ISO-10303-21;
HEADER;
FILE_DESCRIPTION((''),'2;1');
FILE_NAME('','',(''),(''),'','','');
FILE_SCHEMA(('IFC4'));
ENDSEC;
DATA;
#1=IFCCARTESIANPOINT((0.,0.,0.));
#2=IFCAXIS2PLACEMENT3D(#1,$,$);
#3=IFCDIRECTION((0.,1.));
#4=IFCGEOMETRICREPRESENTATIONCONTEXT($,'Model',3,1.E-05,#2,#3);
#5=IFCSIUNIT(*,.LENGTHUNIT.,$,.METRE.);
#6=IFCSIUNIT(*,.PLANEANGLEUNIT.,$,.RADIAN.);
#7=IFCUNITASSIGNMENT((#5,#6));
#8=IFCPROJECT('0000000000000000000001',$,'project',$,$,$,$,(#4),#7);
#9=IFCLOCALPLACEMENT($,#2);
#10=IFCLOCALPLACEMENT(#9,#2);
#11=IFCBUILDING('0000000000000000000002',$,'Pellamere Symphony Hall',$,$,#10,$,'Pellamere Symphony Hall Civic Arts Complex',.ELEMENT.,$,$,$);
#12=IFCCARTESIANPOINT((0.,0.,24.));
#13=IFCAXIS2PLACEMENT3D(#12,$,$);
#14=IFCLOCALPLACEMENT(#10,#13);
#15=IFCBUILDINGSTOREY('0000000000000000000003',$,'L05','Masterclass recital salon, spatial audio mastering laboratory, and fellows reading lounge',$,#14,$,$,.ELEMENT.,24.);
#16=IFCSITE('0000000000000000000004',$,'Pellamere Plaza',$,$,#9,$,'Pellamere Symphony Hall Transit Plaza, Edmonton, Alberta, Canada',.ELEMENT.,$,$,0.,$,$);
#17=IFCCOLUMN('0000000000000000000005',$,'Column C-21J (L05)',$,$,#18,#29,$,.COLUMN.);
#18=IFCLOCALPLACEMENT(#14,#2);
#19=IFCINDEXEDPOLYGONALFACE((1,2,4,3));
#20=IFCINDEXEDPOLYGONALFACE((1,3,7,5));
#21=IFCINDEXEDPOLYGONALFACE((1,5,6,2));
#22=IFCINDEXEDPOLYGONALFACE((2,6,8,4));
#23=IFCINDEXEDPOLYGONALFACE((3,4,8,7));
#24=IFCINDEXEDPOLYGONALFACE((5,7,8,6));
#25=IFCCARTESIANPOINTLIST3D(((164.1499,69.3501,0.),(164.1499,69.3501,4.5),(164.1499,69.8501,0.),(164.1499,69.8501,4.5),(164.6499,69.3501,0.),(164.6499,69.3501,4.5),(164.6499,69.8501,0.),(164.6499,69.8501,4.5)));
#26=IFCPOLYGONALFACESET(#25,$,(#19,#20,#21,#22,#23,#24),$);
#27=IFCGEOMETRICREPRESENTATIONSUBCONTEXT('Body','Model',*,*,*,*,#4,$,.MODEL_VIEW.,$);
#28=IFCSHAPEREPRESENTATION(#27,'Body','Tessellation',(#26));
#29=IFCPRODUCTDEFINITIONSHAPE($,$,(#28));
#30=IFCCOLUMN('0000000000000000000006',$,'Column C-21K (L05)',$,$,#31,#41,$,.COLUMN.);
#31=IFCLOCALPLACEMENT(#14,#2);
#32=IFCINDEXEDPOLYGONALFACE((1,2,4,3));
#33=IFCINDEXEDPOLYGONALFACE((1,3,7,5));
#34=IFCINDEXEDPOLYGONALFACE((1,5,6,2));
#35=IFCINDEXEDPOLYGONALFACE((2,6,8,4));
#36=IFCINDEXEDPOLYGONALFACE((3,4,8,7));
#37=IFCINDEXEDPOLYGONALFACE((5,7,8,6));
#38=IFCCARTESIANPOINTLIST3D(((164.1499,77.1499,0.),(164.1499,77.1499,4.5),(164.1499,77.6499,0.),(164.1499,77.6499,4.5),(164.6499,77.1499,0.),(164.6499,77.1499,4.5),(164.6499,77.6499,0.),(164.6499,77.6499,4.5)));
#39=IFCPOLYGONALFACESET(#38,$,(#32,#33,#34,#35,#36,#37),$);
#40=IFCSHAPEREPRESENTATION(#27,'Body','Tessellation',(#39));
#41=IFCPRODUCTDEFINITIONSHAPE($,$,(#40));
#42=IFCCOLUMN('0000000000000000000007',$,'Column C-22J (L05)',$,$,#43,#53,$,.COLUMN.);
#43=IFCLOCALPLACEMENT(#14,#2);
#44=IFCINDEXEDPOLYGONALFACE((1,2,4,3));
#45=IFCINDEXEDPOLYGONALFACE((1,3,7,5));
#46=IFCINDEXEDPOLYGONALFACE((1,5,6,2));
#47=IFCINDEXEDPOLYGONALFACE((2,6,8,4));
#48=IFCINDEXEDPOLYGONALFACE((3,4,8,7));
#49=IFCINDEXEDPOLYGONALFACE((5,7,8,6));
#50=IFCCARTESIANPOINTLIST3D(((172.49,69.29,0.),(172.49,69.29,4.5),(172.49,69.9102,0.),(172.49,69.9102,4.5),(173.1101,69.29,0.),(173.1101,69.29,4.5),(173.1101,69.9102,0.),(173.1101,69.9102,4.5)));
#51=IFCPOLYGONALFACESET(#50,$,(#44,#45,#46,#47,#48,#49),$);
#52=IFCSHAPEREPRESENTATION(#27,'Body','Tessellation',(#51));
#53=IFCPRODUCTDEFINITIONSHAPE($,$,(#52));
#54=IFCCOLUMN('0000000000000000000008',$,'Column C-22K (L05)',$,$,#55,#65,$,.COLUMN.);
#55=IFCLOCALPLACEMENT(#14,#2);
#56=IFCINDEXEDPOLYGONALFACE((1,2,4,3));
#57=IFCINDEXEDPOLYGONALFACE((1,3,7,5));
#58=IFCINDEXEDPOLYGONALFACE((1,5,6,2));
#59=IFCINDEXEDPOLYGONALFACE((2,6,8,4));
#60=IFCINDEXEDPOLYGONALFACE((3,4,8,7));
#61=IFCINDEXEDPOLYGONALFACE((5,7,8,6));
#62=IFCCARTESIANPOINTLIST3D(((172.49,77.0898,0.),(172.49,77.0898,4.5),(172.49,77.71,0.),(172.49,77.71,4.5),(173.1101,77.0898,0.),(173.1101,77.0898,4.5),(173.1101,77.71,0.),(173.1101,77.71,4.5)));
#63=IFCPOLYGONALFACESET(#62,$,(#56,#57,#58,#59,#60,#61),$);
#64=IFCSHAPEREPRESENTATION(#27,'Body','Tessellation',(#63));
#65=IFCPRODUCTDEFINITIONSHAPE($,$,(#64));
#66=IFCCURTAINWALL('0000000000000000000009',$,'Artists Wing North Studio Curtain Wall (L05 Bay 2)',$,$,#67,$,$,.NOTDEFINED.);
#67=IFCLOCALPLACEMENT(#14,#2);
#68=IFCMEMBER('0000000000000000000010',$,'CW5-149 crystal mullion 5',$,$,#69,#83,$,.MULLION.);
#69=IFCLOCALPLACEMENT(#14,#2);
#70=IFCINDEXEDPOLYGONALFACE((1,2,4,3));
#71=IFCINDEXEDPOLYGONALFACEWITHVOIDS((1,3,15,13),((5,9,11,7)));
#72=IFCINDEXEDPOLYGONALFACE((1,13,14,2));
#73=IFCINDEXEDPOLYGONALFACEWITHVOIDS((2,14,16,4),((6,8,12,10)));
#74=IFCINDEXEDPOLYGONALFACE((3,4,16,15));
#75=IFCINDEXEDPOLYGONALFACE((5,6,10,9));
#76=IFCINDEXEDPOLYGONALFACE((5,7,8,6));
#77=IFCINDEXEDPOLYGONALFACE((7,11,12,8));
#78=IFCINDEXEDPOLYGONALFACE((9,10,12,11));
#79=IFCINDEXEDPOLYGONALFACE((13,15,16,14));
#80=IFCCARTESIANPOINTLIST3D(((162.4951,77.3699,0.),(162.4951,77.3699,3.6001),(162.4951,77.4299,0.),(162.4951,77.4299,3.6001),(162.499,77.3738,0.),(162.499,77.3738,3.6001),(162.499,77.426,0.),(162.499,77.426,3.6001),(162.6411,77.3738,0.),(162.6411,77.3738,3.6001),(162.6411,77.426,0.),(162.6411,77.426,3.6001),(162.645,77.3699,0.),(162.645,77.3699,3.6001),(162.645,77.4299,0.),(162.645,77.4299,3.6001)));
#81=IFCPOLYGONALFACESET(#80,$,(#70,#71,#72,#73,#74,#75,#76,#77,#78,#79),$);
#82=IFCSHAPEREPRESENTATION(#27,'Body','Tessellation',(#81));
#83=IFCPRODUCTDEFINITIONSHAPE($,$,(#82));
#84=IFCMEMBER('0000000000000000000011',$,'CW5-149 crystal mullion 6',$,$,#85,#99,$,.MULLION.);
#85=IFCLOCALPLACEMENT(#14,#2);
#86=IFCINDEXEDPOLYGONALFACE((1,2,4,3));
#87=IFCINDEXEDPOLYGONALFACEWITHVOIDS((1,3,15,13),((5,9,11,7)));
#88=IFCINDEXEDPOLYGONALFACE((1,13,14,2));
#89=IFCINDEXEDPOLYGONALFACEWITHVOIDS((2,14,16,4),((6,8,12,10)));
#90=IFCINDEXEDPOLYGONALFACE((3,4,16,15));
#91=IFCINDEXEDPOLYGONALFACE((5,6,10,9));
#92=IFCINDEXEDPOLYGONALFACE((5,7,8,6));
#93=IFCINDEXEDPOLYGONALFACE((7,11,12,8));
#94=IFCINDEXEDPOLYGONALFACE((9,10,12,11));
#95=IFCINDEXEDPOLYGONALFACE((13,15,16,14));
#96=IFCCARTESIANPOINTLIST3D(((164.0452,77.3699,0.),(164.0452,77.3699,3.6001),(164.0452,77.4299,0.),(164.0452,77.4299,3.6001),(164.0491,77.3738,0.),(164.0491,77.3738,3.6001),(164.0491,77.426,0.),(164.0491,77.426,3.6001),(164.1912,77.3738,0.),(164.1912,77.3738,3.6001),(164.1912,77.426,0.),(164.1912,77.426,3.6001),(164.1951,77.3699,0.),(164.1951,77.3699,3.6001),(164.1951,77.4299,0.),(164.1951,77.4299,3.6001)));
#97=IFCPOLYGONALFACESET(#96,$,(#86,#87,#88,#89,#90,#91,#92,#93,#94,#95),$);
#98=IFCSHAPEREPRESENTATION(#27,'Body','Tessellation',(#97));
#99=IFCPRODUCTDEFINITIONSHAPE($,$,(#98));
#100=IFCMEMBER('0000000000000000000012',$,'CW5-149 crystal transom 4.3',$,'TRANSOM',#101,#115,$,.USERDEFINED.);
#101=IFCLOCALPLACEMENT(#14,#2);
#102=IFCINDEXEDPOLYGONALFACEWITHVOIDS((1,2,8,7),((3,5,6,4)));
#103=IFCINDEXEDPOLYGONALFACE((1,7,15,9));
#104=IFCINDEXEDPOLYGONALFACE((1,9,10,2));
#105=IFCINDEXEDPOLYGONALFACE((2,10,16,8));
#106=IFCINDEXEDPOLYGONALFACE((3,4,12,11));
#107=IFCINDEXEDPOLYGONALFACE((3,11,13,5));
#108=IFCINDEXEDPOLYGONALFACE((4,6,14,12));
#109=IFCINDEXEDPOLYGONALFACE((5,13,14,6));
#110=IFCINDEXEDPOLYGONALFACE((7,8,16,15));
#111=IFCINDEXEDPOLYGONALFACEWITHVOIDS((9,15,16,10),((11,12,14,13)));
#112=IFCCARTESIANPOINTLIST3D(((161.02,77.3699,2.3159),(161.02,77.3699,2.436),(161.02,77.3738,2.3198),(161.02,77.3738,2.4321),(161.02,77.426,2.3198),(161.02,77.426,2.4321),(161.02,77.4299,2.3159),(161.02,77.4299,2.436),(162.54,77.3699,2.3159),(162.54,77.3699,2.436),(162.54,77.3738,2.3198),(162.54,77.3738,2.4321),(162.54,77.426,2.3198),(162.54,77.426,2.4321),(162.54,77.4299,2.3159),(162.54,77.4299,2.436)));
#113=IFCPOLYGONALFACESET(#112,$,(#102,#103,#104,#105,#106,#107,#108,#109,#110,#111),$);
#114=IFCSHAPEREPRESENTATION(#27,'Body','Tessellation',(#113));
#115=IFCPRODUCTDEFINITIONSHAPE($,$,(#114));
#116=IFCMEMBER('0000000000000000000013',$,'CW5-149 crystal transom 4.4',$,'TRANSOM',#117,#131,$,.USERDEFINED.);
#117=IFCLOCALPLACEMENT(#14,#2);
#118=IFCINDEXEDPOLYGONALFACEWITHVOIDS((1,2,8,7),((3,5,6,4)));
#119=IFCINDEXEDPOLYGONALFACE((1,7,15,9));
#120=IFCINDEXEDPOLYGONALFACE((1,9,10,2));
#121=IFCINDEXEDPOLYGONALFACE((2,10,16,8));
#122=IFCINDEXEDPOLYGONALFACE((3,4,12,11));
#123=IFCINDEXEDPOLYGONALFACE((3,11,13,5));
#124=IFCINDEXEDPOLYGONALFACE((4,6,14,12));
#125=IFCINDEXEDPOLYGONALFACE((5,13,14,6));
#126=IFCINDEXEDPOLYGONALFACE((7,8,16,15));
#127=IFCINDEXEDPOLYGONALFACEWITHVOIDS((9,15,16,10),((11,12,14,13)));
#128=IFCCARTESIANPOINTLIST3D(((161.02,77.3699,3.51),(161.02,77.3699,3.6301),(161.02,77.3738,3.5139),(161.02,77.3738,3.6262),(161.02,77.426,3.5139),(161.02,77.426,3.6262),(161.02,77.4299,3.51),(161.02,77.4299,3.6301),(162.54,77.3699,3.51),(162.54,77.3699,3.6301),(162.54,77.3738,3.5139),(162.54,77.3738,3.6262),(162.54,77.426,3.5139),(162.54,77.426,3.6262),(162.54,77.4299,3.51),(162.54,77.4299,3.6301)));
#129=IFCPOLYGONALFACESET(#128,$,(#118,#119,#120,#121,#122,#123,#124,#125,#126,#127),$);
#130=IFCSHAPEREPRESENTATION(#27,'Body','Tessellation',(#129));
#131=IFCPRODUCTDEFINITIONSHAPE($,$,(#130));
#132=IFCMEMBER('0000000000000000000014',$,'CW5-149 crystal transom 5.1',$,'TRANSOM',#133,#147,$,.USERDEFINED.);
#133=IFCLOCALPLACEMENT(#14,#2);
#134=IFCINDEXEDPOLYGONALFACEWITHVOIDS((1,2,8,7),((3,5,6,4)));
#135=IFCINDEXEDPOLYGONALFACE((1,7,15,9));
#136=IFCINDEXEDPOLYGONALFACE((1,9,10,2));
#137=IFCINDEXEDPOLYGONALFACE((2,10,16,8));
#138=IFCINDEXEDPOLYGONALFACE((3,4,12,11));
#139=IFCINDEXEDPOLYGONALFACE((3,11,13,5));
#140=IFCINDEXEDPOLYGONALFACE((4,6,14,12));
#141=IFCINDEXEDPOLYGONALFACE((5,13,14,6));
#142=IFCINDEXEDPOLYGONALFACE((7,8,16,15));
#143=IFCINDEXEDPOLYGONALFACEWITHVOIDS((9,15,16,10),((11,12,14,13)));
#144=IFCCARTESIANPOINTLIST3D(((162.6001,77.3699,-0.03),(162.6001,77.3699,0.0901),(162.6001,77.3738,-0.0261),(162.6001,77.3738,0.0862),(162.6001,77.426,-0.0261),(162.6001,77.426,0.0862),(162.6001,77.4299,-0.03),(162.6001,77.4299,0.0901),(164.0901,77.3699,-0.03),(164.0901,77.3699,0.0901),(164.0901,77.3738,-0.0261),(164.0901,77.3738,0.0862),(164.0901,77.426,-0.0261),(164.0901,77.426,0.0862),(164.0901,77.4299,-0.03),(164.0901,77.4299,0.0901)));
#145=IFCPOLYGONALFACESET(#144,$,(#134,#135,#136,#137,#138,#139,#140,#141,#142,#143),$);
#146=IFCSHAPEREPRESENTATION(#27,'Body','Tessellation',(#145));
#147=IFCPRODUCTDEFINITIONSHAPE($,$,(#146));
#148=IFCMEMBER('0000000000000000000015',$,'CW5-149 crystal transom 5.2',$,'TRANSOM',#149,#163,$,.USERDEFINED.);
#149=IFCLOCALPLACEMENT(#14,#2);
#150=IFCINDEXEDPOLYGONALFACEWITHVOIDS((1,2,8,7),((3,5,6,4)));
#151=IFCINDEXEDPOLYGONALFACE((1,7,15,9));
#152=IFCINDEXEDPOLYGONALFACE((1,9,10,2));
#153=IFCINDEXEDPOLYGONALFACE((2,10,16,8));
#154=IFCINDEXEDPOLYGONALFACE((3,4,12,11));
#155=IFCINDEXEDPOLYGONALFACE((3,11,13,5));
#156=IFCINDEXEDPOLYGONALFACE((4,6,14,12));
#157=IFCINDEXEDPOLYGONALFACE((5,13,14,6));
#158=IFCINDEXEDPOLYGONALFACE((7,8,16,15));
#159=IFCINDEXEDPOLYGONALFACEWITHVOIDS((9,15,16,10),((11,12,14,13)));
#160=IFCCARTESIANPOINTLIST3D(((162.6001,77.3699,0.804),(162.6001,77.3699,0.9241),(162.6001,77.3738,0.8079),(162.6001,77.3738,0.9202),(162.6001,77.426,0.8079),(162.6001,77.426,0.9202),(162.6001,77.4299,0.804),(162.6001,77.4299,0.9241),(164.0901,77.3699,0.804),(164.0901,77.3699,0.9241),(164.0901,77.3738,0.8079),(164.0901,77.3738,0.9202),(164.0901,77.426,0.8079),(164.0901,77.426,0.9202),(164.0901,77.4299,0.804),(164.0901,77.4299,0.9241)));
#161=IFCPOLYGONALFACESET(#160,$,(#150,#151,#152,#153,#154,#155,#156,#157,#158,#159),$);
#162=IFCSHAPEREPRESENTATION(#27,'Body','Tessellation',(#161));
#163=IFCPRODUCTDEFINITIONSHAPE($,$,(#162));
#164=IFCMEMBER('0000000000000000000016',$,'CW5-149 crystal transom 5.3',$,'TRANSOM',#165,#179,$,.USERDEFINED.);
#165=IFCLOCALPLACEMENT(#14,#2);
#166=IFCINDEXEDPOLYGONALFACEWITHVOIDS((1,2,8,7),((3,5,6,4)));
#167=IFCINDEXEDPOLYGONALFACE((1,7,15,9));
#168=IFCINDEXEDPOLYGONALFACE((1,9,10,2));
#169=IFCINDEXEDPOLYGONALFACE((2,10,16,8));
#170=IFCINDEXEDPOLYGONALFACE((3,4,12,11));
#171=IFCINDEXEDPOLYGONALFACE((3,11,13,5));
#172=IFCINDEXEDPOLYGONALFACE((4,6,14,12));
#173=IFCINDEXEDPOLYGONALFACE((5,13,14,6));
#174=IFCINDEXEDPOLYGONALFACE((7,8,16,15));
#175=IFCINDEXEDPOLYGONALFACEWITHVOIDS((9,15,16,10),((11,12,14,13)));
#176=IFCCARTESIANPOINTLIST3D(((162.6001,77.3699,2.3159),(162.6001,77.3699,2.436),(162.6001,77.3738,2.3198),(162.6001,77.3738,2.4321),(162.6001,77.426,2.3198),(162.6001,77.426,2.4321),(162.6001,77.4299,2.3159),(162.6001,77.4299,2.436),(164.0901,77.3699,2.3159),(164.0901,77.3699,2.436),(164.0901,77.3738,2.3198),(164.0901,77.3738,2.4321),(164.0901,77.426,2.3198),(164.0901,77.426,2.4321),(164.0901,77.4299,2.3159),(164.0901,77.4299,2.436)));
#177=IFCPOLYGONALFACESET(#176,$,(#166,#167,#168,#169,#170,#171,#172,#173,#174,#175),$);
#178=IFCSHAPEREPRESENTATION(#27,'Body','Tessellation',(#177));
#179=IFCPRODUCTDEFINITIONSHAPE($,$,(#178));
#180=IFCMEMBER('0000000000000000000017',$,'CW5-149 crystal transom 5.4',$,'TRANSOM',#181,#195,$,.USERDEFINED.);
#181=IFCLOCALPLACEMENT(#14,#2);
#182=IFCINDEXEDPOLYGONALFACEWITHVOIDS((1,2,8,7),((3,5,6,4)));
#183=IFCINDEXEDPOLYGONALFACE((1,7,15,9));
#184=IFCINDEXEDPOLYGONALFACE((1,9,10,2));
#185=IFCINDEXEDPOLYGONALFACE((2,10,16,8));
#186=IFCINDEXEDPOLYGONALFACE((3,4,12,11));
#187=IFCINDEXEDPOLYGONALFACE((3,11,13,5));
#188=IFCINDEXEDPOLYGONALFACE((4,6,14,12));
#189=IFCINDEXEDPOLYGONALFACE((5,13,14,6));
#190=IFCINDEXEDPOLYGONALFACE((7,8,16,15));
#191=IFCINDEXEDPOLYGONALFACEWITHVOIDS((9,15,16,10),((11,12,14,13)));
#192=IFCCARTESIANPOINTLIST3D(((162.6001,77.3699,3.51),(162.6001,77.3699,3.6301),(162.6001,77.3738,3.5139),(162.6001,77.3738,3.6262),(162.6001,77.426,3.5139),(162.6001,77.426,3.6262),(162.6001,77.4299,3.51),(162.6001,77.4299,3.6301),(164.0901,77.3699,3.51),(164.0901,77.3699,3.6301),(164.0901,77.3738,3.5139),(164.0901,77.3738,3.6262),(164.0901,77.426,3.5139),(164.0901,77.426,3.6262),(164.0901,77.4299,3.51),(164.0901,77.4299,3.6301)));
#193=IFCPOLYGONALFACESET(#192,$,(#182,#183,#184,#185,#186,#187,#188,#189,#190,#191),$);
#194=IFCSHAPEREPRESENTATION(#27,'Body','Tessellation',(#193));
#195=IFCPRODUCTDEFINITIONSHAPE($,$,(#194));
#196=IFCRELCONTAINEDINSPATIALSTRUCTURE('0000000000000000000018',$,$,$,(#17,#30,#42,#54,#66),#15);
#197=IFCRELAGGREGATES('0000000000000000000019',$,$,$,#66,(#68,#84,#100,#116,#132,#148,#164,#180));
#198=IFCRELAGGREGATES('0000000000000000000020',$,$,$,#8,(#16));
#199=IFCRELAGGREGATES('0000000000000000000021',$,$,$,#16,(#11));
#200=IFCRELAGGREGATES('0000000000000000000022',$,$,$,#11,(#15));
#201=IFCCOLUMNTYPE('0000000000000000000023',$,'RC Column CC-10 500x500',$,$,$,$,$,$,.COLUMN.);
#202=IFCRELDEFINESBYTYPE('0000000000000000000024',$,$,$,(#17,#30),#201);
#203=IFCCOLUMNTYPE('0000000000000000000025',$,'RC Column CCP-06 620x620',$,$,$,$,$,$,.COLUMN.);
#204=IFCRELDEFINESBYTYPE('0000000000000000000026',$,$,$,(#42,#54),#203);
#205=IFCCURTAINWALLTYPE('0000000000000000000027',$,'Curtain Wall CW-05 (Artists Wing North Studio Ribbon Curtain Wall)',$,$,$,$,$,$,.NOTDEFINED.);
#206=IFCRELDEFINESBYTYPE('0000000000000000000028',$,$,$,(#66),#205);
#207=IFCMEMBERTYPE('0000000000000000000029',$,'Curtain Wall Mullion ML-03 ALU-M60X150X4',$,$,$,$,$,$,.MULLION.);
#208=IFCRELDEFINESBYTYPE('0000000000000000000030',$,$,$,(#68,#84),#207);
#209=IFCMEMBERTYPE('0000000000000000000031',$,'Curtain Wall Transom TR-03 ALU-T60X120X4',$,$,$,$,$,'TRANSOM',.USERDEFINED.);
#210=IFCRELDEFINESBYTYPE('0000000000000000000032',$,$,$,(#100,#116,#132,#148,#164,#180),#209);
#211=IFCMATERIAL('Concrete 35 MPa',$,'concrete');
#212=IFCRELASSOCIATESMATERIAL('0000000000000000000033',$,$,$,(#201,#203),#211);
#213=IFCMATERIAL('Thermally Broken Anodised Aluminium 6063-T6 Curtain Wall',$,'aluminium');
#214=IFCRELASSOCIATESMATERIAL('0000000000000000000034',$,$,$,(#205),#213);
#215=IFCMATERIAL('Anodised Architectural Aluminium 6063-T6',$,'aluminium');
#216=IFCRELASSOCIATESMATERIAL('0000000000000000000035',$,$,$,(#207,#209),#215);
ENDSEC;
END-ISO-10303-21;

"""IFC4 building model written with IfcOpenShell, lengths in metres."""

from ifc_helpers import new_model, si_unit, direction, frame, origin, origin_2d, place, context, subcontext, project, spatial, rectangle, hollow_rectangle, extrude, material, material_profile, profile_set, type_object, element, aggregate, save


model = new_model("IFC4")

# Units and contexts
model_context = context("Model", 3, precision=1e-05, world=origin(), true_north=direction((0.0, 1.0)))
body_context = subcontext(model_context, "Body", "Model", "MODEL_VIEW")
ifc_project = project(units=[si_unit("LENGTHUNIT", "METRE"), si_unit("PLANEANGLEUNIT", "RADIAN")], contexts=[model_context])

# Site, building, storey
site_placement = place(None, origin())
site = spatial("IfcSite", under=ifc_project, at=site_placement, Name="Pellamere Plaza", LongName="Pellamere Symphony Hall Transit Plaza, Edmonton, Alberta, Canada", CompositionType="ELEMENT", RefElevation=0.0)
building_placement = place(site_placement, origin())
building = spatial("IfcBuilding", under=site, at=building_placement, Name="Pellamere Symphony Hall", LongName="Pellamere Symphony Hall Civic Arts Complex", CompositionType="ELEMENT")
storey_placement = place(building_placement, frame((0.0, 0.0, 24.0)))
storey = spatial("IfcBuildingStorey", under=building, at=storey_placement, Name="L05", Description="Masterclass recital salon, spatial audio mastering laboratory, and fellows reading lounge", CompositionType="ELEMENT", Elevation=24.0)

# Columns
ifc_material_1 = material(Name="Concrete 35 MPa", Category="concrete")
ifc_material_profile_1 = material_profile(ifc_material_1, rectangle(XDim=0.5, YDim=0.5, at=origin_2d()), Name="RC 500x500")
ifc_profile_set_1 = profile_set([ifc_material_profile_1], Name="Concrete 35 MPa")
column_type_1 = type_object("IfcColumnType", Name="RC Column CC-10 500x500", PredefinedType="COLUMN", material=ifc_profile_set_1)
for number, where, z_axis, x_axis, name in (
    (1, (164.3999, 69.6001, 0.0), (0.0, 0.0, 1.0), (1.0, 0.0, 0.0), "Column C-21J (L05)"),
    (2, (164.3999, 77.3999, 0.0), (0.0, 0.0, 1.0), (1.0, 0.0, 0.0), "Column C-21K (L05)"),
):
    element("IfcColumn", number, at=place(storey_placement, frame(where, z_axis=z_axis, x_axis=x_axis)), inside=storey, type_object=column_type_1, Name=name, PredefinedType="COLUMN", context=body_context, shape_type="SweptSolid", body=[
        extrude(rectangle(XDim=0.5, YDim=0.5, at=origin_2d()), origin(), (0.0, 0.0, 1.0), 4.5),
    ])
ifc_material_profile_2 = material_profile(ifc_material_1, rectangle(XDim=0.6201, YDim=0.6201, at=origin_2d()), Name="RC 620x620")
ifc_profile_set_2 = profile_set([ifc_material_profile_2], Name="Concrete 35 MPa")
column_type_2 = type_object("IfcColumnType", Name="RC Column CCP-06 620x620", PredefinedType="COLUMN", material=ifc_profile_set_2)
for number, where, z_axis, x_axis, name in (
    (3, (172.8, 69.6001, 0.0), (0.0, 0.0, 1.0), (1.0, 0.0, 0.0), "Column C-22J (L05)"),
    (4, (172.8, 77.3999, 0.0), (0.0, 0.0, 1.0), (1.0, 0.0, 0.0), "Column C-22K (L05)"),
):
    element("IfcColumn", number, at=place(storey_placement, frame(where, z_axis=z_axis, x_axis=x_axis)), inside=storey, type_object=column_type_2, Name=name, PredefinedType="COLUMN", context=body_context, shape_type="SweptSolid", body=[
        extrude(rectangle(XDim=0.6201, YDim=0.6201, at=origin_2d()), origin(), (0.0, 0.0, 1.0), 4.5),
    ])

# Curtain wall, members
ifc_material_2 = material(Name="Thermally Broken Anodised Aluminium 6063-T6 Curtain Wall", Category="aluminium")
curtain_wall_type = type_object("IfcCurtainWallType", Name="Curtain Wall CW-05 (Artists Wing North Studio Ribbon Curtain Wall)", PredefinedType="NOTDEFINED", material=ifc_material_2)
curtain_wall_placement = place(storey_placement, origin())
curtain_wall = element("IfcCurtainWall", 5, at=curtain_wall_placement, inside=storey, type_object=curtain_wall_type, Name="Artists Wing North Studio Curtain Wall (L05 Bay 2)", PredefinedType="NOTDEFINED")
ifc_material_3 = material(Name="Anodised Architectural Aluminium 6063-T6", Category="aluminium")
ifc_material_profile_3 = material_profile(ifc_material_3, hollow_rectangle(XDim=0.0601, YDim=0.1499, WallThickness=0.0039, at=origin_2d()), Name="ALU-M60X150X4")
ifc_profile_set_3 = profile_set([ifc_material_profile_3], Name="Anodised Architectural Aluminium 6063-T6")
member_type_1 = type_object("IfcMemberType", Name="Curtain Wall Mullion ML-03 ALU-M60X150X4", PredefinedType="MULLION", material=ifc_profile_set_3)
member_1_placement = place(storey_placement, frame((162.5701, 77.3999, 0.0), z_axis=(0.0, 0.0, 1.0), x_axis=(0.0, 1.0, 0.0)))
member_1 = element("IfcMember", 6, at=member_1_placement, type_object=member_type_1, Name="CW5-149 crystal mullion 5", PredefinedType="MULLION", context=body_context, shape_type="SweptSolid", body=[
    extrude(hollow_rectangle(XDim=0.0601, YDim=0.1499, WallThickness=0.0039, at=origin_2d()), origin(), (0.0, 0.0, 1.0), 3.6001),
])
member_2_placement = place(storey_placement, frame((164.1201, 77.3999, 0.0), z_axis=(0.0, 0.0, 1.0), x_axis=(0.0, 1.0, 0.0)))
member_2 = element("IfcMember", 7, at=member_2_placement, type_object=member_type_1, Name="CW5-149 crystal mullion 6", PredefinedType="MULLION", context=body_context, shape_type="SweptSolid", body=[
    extrude(hollow_rectangle(XDim=0.0601, YDim=0.1499, WallThickness=0.0039, at=origin_2d()), origin(), (0.0, 0.0, 1.0), 3.6001),
])
ifc_material_profile_4 = material_profile(ifc_material_3, hollow_rectangle(XDim=0.0601, YDim=0.1201, WallThickness=0.0039, at=origin_2d()), Name="ALU-T60X120X4")
ifc_profile_set_4 = profile_set([ifc_material_profile_4], Name="Anodised Architectural Aluminium 6063-T6")
member_type_2 = type_object("IfcMemberType", Name="Curtain Wall Transom TR-03 ALU-T60X120X4", ElementType="TRANSOM", PredefinedType="USERDEFINED", material=ifc_profile_set_4)
member_3_placement = place(storey_placement, frame((161.02, 77.3999, 2.376), z_axis=(1.0, 0.0, 0.0), x_axis=(0.0, 1.0, 0.0)))
member_3 = element("IfcMember", 8, at=member_3_placement, type_object=member_type_2, Name="CW5-149 crystal transom 4.3", ObjectType="TRANSOM", PredefinedType="USERDEFINED", context=body_context, shape_type="SweptSolid", body=[
    extrude(hollow_rectangle(XDim=0.0601, YDim=0.1201, WallThickness=0.0039, at=origin_2d()), origin(), (0.0, 0.0, 1.0), 1.52),
])
member_4_placement = place(storey_placement, frame((161.02, 77.3999, 3.5701), z_axis=(1.0, 0.0, 0.0), x_axis=(0.0, 1.0, 0.0)))
member_4 = element("IfcMember", 9, at=member_4_placement, type_object=member_type_2, Name="CW5-149 crystal transom 4.4", ObjectType="TRANSOM", PredefinedType="USERDEFINED", context=body_context, shape_type="SweptSolid", body=[
    extrude(hollow_rectangle(XDim=0.0601, YDim=0.1201, WallThickness=0.0039, at=origin_2d()), origin(), (0.0, 0.0, 1.0), 1.52),
])
member_5_placement = place(storey_placement, frame((162.6001, 77.3999, 0.03), z_axis=(1.0, 0.0, 0.0), x_axis=(0.0, 1.0, 0.0)))
member_5 = element("IfcMember", 10, at=member_5_placement, type_object=member_type_2, Name="CW5-149 crystal transom 5.1", ObjectType="TRANSOM", PredefinedType="USERDEFINED", context=body_context, shape_type="SweptSolid", body=[
    extrude(hollow_rectangle(XDim=0.0601, YDim=0.1201, WallThickness=0.0039, at=origin_2d()), origin(), (0.0, 0.0, 1.0), 1.49),
])
member_6_placement = place(storey_placement, frame((162.6001, 77.3999, 0.864), z_axis=(1.0, 0.0, 0.0), x_axis=(0.0, 1.0, 0.0)))
member_6 = element("IfcMember", 11, at=member_6_placement, type_object=member_type_2, Name="CW5-149 crystal transom 5.2", ObjectType="TRANSOM", PredefinedType="USERDEFINED", context=body_context, shape_type="SweptSolid", body=[
    extrude(hollow_rectangle(XDim=0.0601, YDim=0.1201, WallThickness=0.0039, at=origin_2d()), origin(), (0.0, 0.0, 1.0), 1.49),
])
member_7_placement = place(storey_placement, frame((162.6001, 77.3999, 2.376), z_axis=(1.0, 0.0, 0.0), x_axis=(0.0, 1.0, 0.0)))
member_7 = element("IfcMember", 12, at=member_7_placement, type_object=member_type_2, Name="CW5-149 crystal transom 5.3", ObjectType="TRANSOM", PredefinedType="USERDEFINED", context=body_context, shape_type="SweptSolid", body=[
    extrude(hollow_rectangle(XDim=0.0601, YDim=0.1201, WallThickness=0.0039, at=origin_2d()), origin(), (0.0, 0.0, 1.0), 1.49),
])
member_8_placement = place(storey_placement, frame((162.6001, 77.3999, 3.5701), z_axis=(1.0, 0.0, 0.0), x_axis=(0.0, 1.0, 0.0)))
member_8 = element("IfcMember", 13, at=member_8_placement, type_object=member_type_2, Name="CW5-149 crystal transom 5.4", ObjectType="TRANSOM", PredefinedType="USERDEFINED", context=body_context, shape_type="SweptSolid", body=[
    extrude(hollow_rectangle(XDim=0.0601, YDim=0.1201, WallThickness=0.0039, at=origin_2d()), origin(), (0.0, 0.0, 1.0), 1.49),
])

aggregate(curtain_wall, [member_1, member_2, member_3, member_4, member_5, member_6, member_7, member_8])

save(model, "model.ifc")
